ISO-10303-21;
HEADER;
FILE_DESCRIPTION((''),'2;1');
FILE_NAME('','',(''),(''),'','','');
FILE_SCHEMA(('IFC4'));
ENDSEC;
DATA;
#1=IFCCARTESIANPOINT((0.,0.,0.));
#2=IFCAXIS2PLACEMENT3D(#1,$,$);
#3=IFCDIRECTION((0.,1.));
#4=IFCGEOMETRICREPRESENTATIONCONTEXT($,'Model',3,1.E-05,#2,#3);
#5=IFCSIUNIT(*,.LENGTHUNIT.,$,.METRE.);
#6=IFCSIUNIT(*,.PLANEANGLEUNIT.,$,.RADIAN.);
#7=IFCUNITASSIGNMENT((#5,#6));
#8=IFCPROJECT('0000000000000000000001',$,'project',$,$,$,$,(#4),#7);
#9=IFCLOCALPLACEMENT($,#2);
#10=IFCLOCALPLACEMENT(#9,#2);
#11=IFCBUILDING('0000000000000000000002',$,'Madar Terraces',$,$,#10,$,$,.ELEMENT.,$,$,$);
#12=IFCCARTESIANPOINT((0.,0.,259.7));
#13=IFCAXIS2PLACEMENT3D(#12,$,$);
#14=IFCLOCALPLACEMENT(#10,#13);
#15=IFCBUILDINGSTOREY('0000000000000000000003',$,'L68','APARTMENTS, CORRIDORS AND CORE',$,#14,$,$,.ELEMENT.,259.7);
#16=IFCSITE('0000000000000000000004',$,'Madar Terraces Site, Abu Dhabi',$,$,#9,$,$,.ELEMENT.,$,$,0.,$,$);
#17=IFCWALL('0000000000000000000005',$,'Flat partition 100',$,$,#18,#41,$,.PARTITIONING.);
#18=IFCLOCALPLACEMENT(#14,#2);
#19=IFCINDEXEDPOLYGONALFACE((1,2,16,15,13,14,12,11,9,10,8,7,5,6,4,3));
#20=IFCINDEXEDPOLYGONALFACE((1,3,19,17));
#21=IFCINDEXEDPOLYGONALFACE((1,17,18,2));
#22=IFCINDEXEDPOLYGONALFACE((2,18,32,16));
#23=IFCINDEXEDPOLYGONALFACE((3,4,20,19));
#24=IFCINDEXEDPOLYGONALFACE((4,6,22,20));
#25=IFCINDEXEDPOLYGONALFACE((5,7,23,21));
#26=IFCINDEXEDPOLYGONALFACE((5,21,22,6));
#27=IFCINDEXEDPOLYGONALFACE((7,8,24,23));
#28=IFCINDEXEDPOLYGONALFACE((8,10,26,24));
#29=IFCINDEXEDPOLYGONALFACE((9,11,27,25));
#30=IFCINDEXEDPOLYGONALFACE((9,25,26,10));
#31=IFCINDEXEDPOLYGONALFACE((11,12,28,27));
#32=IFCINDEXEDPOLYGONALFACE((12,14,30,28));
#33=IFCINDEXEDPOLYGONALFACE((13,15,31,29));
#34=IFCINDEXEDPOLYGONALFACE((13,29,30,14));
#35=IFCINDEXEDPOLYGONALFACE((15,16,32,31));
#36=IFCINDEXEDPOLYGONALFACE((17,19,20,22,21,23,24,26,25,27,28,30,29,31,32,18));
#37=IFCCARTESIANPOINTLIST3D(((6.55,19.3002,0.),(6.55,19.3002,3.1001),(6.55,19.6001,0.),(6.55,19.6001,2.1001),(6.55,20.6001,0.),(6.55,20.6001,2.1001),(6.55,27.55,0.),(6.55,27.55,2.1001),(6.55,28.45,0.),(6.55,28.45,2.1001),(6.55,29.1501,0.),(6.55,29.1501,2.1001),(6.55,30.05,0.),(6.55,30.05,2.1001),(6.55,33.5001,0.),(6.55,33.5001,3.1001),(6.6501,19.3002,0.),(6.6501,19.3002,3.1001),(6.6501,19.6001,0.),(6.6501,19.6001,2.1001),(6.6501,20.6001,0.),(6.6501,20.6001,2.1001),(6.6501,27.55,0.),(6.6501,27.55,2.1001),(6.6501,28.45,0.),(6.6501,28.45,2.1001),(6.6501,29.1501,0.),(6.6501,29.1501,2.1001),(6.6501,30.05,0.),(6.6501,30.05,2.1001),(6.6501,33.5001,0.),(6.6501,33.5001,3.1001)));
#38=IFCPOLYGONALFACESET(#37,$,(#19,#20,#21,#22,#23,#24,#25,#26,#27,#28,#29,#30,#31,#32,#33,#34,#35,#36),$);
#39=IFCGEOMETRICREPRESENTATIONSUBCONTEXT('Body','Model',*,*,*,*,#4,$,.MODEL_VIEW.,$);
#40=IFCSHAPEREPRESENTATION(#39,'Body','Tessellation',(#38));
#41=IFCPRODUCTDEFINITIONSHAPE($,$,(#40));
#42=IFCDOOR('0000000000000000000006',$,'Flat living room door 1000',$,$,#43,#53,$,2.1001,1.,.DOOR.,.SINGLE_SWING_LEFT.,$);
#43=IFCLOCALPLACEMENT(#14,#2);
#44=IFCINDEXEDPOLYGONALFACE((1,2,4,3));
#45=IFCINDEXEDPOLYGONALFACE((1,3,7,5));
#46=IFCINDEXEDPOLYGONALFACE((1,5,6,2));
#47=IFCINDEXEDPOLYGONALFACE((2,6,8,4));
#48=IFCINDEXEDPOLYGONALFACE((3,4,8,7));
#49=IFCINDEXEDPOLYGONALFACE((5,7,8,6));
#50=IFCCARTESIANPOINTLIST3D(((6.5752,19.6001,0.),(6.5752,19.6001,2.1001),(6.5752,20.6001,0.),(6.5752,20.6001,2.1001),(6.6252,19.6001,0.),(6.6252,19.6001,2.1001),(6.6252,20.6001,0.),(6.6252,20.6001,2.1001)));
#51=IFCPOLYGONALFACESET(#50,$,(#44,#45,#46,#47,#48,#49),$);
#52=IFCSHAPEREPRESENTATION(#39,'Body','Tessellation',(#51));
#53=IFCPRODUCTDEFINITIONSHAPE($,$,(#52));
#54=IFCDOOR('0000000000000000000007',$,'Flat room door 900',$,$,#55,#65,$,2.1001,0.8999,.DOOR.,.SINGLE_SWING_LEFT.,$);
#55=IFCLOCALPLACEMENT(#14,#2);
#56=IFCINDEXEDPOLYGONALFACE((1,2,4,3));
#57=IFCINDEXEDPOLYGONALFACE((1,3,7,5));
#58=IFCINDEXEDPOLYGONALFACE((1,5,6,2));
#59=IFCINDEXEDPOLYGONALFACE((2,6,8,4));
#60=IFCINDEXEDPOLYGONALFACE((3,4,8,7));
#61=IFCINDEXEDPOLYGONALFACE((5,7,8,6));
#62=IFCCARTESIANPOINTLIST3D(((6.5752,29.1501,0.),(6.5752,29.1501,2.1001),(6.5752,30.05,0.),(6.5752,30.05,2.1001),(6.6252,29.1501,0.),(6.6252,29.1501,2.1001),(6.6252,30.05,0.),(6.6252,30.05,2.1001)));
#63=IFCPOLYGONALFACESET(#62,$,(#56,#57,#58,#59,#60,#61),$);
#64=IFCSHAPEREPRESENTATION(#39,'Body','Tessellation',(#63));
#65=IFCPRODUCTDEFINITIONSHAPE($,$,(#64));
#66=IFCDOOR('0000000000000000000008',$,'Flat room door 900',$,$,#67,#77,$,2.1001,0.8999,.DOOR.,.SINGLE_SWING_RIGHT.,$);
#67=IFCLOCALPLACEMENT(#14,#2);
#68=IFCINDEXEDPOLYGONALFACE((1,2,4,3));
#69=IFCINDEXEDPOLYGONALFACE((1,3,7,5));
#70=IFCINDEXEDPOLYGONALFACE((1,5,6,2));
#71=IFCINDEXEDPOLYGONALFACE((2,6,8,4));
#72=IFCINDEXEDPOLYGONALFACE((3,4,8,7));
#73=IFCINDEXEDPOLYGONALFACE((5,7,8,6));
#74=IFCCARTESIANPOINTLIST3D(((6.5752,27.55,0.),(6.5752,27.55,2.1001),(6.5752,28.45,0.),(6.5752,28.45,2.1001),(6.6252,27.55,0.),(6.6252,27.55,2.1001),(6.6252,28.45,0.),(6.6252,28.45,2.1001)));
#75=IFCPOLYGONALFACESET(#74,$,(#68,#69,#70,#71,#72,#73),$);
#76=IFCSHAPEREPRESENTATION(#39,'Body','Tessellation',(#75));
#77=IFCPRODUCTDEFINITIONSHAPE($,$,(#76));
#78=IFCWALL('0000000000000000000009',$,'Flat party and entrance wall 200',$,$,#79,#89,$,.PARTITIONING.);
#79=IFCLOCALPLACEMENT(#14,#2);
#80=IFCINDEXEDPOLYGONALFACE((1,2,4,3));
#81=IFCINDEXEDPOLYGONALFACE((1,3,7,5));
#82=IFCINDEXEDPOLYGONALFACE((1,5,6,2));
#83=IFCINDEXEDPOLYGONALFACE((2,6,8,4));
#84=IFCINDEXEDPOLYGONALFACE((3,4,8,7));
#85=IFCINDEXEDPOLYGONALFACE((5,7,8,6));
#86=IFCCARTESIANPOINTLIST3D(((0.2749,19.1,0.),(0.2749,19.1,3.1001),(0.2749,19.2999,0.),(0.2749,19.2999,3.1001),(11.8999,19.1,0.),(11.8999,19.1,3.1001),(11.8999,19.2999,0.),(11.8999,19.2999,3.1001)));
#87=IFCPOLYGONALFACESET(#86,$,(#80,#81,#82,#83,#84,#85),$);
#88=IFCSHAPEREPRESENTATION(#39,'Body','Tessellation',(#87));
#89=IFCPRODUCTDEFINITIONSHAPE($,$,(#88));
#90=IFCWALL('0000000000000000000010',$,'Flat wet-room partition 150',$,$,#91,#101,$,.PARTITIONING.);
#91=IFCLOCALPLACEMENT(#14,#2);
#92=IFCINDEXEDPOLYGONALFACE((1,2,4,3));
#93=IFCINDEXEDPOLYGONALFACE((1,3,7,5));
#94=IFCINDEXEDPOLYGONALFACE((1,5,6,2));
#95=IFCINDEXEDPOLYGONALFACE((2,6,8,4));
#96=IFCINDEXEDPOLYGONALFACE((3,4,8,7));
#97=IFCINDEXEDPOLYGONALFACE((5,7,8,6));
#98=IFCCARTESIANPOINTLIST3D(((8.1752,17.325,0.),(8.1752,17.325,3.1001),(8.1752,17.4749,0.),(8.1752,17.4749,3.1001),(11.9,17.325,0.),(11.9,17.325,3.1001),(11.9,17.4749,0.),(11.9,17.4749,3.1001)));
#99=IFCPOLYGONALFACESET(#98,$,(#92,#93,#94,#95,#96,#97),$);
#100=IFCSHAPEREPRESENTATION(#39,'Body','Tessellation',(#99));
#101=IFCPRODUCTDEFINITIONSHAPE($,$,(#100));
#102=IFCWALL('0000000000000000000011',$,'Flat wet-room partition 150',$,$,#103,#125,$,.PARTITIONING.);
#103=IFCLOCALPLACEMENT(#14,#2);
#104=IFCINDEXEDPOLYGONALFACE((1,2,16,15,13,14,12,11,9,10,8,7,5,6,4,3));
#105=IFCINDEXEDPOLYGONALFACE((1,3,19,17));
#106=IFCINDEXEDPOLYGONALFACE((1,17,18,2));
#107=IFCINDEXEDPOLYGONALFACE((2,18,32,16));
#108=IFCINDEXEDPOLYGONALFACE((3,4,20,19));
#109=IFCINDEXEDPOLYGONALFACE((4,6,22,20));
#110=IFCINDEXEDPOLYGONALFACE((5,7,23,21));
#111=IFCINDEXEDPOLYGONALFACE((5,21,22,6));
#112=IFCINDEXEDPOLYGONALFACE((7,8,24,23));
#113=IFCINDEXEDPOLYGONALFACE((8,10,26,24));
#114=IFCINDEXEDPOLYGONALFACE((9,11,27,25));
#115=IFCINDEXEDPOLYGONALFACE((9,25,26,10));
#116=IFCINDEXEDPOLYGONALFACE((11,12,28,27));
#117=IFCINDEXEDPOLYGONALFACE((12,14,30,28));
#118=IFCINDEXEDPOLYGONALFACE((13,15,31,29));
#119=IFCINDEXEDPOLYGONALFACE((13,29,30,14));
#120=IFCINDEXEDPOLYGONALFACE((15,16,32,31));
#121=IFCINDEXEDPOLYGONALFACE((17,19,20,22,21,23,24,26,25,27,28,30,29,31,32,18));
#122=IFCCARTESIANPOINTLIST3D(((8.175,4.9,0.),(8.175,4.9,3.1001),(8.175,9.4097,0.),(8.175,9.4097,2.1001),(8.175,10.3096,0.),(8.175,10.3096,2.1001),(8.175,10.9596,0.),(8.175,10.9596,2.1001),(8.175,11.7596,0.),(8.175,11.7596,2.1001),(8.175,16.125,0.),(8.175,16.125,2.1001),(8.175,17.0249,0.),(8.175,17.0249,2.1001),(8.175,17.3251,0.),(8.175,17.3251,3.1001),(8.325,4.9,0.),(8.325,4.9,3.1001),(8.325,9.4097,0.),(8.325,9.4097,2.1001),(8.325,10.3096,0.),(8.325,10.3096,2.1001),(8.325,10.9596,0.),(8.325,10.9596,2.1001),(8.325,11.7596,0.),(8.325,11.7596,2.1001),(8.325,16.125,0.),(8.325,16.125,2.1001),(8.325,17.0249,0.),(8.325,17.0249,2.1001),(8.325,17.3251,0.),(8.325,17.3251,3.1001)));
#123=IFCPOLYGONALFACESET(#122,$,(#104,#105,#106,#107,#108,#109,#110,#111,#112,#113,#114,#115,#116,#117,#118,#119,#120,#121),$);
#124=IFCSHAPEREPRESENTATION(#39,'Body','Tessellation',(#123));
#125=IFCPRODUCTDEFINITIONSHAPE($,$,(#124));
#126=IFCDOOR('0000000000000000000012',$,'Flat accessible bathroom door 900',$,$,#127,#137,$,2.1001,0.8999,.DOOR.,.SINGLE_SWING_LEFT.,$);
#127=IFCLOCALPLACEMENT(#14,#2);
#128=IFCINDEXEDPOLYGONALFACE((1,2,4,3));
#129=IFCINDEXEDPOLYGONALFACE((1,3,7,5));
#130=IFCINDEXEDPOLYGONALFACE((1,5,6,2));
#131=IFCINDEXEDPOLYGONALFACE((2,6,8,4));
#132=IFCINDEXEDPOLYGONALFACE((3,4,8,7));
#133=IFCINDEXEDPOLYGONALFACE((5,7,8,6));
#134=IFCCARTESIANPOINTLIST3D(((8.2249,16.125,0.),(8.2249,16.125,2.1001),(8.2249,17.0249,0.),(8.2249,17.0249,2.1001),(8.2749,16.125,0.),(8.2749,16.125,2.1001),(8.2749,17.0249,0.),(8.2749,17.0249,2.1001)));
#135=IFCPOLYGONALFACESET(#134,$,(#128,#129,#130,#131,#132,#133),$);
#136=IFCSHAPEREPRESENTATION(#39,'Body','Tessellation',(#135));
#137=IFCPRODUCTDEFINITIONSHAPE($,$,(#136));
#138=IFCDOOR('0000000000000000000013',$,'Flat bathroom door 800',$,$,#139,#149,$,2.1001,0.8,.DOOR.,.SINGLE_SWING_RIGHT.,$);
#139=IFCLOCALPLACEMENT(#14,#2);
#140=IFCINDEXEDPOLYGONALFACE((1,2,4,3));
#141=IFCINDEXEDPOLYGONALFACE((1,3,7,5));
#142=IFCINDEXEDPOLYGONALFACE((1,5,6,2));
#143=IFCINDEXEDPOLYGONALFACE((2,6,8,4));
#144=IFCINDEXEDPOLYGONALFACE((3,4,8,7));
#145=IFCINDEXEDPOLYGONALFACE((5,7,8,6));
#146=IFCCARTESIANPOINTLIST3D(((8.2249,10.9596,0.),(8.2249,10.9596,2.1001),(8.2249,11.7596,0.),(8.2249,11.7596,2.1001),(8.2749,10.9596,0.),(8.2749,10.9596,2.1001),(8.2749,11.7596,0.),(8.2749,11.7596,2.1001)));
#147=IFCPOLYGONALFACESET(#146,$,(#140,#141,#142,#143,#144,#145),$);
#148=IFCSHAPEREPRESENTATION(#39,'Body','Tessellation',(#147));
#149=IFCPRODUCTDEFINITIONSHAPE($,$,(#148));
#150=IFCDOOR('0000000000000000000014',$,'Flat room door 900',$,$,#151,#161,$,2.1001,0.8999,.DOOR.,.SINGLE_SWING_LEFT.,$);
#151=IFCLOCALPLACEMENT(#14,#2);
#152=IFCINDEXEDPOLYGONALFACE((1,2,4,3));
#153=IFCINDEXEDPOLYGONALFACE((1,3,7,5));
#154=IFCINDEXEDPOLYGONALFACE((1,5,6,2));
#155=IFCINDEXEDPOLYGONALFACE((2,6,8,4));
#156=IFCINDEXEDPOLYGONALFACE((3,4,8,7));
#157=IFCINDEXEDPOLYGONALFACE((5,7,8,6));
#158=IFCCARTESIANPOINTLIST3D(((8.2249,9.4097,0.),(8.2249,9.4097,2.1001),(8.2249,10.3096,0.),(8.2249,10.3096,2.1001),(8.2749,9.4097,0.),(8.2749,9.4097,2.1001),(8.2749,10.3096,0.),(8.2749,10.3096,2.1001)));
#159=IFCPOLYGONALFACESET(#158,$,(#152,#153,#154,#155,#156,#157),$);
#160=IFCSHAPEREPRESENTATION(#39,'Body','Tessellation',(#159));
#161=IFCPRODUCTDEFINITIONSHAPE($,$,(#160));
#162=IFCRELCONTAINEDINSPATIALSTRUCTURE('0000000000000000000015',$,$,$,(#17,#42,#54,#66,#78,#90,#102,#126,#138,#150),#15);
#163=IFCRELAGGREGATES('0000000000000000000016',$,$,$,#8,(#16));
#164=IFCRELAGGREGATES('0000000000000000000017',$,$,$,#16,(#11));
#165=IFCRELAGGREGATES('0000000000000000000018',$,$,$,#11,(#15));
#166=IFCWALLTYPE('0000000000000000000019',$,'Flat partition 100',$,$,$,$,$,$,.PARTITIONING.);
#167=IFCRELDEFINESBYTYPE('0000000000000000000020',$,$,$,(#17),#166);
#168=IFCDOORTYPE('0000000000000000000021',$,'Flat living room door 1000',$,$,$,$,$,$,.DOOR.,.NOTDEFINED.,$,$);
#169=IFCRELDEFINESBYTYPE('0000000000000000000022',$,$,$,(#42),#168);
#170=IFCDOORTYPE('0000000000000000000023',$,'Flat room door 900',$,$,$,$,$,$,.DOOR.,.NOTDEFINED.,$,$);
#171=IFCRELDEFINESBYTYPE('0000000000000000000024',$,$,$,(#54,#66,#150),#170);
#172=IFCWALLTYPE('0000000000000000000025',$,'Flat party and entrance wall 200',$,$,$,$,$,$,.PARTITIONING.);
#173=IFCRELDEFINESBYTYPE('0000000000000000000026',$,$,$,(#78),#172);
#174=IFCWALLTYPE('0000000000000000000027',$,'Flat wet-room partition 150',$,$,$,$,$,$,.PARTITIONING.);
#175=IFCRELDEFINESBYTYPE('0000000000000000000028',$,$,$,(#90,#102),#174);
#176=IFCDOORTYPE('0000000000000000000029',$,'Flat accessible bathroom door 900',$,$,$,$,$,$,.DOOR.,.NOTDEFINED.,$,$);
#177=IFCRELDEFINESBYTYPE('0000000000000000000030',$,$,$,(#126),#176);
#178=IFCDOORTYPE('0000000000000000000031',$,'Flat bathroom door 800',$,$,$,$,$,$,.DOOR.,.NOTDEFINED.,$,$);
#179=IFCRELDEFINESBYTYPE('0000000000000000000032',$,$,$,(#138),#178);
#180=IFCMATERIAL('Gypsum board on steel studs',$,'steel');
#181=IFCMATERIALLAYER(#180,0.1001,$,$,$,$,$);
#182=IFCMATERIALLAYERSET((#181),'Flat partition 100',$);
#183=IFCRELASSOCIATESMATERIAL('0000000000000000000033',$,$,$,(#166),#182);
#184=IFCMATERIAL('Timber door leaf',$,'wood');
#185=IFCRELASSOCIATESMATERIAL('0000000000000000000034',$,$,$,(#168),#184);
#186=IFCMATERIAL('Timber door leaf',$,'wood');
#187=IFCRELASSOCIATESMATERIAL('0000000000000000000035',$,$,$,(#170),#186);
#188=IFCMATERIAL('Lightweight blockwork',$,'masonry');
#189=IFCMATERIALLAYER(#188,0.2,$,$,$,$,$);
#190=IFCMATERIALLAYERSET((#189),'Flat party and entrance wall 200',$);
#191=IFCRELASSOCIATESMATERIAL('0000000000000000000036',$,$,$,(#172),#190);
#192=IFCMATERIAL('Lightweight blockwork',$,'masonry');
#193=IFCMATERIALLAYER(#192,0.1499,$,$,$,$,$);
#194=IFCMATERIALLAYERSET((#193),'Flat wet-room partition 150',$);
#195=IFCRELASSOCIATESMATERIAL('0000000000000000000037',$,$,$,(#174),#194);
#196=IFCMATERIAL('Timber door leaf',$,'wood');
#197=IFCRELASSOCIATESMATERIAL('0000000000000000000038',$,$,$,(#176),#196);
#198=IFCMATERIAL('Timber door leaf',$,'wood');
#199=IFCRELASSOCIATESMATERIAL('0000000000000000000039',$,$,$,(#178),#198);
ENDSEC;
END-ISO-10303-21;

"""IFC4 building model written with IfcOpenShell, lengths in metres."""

from ifc_helpers import new_model, si_unit, direction, frame, frame_2d, origin, place, context, subcontext, project, spatial, rectangle, extrude, material, layer, layer_set, type_object, element, fill, save


model = new_model("IFC4")

# Units and contexts
model_context = context("Model", 3, precision=1e-05, world=origin(), true_north=direction((0.0, 1.0)))
body_context = subcontext(model_context, "Body", "Model", "MODEL_VIEW")
ifc_project = project(units=[si_unit("LENGTHUNIT", "METRE"), si_unit("PLANEANGLEUNIT", "RADIAN")], contexts=[model_context])

# Site, building, storey
site_placement = place(None, origin())
site = spatial("IfcSite", under=ifc_project, at=site_placement, Name="Madar Terraces Site, Abu Dhabi", CompositionType="ELEMENT", RefElevation=0.0)
building_placement = place(site_placement, origin())
building = spatial("IfcBuilding", under=site, at=building_placement, Name="Madar Terraces", CompositionType="ELEMENT")
storey_placement = place(building_placement, frame((0.0, 0.0, 259.7)))
storey = spatial("IfcBuildingStorey", under=building, at=storey_placement, Name="L68", Description="APARTMENTS, CORRIDORS AND CORE", CompositionType="ELEMENT", Elevation=259.7)

# Shared definitions
ifc_material_1 = material(Name="Gypsum board on steel studs", Category="steel")
ifc_layer_1 = layer(ifc_material_1, 0.1001)
ifc_layer_set_1 = layer_set([ifc_layer_1], Name="Flat partition 100")
wall_type_1 = type_object("IfcWallType", Name="Flat partition 100", PredefinedType="PARTITIONING", material=ifc_layer_set_1)

# Wall, openings, doors
wall_1_placement = place(storey_placement, frame((6.6001, 19.3, 0.0), z_axis=(0.0, 0.0, 1.0), x_axis=(0.0, 1.0, 0.0)))
wall_1 = element("IfcWall", 1, at=wall_1_placement, inside=storey, type_object=wall_type_1, Name="Flat partition 100", PredefinedType="PARTITIONING", context=body_context, shape_type="SweptSolid", body=[
    extrude(rectangle(XDim=14.2, YDim=0.1001, at=frame_2d((7.1001, 0.0))), origin(), (0.0, 0.0, 1.0), 3.1001),
])
opening_1_placement = place(wall_1_placement, frame((9.8501, 0.0, 0.0)))
opening_1 = element("IfcOpeningElement", 2, at=opening_1_placement, cuts=wall_1, PredefinedType="OPENING", context=body_context, shape_type="SweptSolid", body=[
    extrude(rectangle(XDim=0.8999, YDim=2.1001, at=frame_2d((0.45, 1.05))), frame((0.0, 0.0601, 0.0), z_axis=(0.0, -1.0, 0.0), x_axis=(1.0, 0.0, 0.0)), (0.0, 0.0, 1.0), 0.1201),
])
opening_2_placement = place(wall_1_placement, frame((8.25, 0.0, 0.0)))
opening_2 = element("IfcOpeningElement", 3, at=opening_2_placement, cuts=wall_1, PredefinedType="OPENING", context=body_context, shape_type="SweptSolid", body=[
    extrude(rectangle(XDim=0.8999, YDim=2.1001, at=frame_2d((0.45, 1.05))), frame((0.0, 0.0601, 0.0), z_axis=(0.0, -1.0, 0.0), x_axis=(1.0, 0.0, 0.0)), (0.0, 0.0, 1.0), 0.1201),
])
opening_3_placement = place(wall_1_placement, frame((0.3, 0.0, 0.0)))
opening_3 = element("IfcOpeningElement", 4, at=opening_3_placement, cuts=wall_1, PredefinedType="OPENING", context=body_context, shape_type="SweptSolid", body=[
    extrude(rectangle(XDim=1.0, YDim=2.1001, at=frame_2d((0.5, 1.05))), frame((0.0, 0.0601, 0.0), z_axis=(0.0, -1.0, 0.0), x_axis=(1.0, 0.0, 0.0)), (0.0, 0.0, 1.0), 0.1201),
])
ifc_material_2 = material(Name="Timber door leaf", Category="wood")
door_type_1 = type_object("IfcDoorType", Name="Flat living room door 1000", OperationType="NOTDEFINED", PredefinedType="DOOR", material=ifc_material_2)
door_1_placement = place(opening_3_placement, origin())
door_1 = element("IfcDoor", 5, at=door_1_placement, inside=storey, type_object=door_type_1, Name="Flat living room door 1000", OperationType="SINGLE_SWING_LEFT", OverallHeight=2.1001, OverallWidth=1.0, PredefinedType="DOOR", context=body_context, shape_type="SweptSolid", body=[
    extrude(rectangle(XDim=1.0, YDim=2.1001, at=frame_2d((0.5, 1.05))), frame((0.0, 0.0249, 0.0), z_axis=(0.0, -1.0, 0.0), x_axis=(1.0, 0.0, 0.0)), (0.0, 0.0, 1.0), 0.05),
])
fill(opening_3, door_1)
ifc_material_3 = material(Name="Timber door leaf", Category="wood")
door_type_2 = type_object("IfcDoorType", Name="Flat room door 900", OperationType="NOTDEFINED", PredefinedType="DOOR", material=ifc_material_3)
door_2_placement = place(opening_1_placement, origin())
door_2 = element("IfcDoor", 6, at=door_2_placement, inside=storey, type_object=door_type_2, Name="Flat room door 900", OperationType="SINGLE_SWING_LEFT", OverallHeight=2.1001, OverallWidth=0.8999, PredefinedType="DOOR", context=body_context, shape_type="SweptSolid", body=[
    extrude(rectangle(XDim=0.8999, YDim=2.1001, at=frame_2d((0.45, 1.05))), frame((0.0, 0.0249, 0.0), z_axis=(0.0, -1.0, 0.0), x_axis=(1.0, 0.0, 0.0)), (0.0, 0.0, 1.0), 0.05),
])
fill(opening_1, door_2)
door_3_placement = place(opening_2_placement, origin())
door_3 = element("IfcDoor", 7, at=door_3_placement, inside=storey, type_object=door_type_2, Name="Flat room door 900", OperationType="SINGLE_SWING_RIGHT", OverallHeight=2.1001, OverallWidth=0.8999, PredefinedType="DOOR", context=body_context, shape_type="SweptSolid", body=[
    extrude(rectangle(XDim=0.8999, YDim=2.1001, at=frame_2d((0.45, 1.05))), frame((0.0, 0.0249, 0.0), z_axis=(0.0, -1.0, 0.0), x_axis=(1.0, 0.0, 0.0)), (0.0, 0.0, 1.0), 0.05),
])
fill(opening_2, door_3)

# Walls
ifc_material_4 = material(Name="Lightweight blockwork", Category="masonry")
ifc_layer_2 = layer(ifc_material_4, 0.2)
ifc_layer_set_2 = layer_set([ifc_layer_2], Name="Flat party and entrance wall 200")
wall_type_2 = type_object("IfcWallType", Name="Flat party and entrance wall 200", PredefinedType="PARTITIONING", material=ifc_layer_set_2)
wall_2_placement = place(storey_placement, frame((0.2749, 19.2, 0.0), z_axis=(0.0, 0.0, 1.0), x_axis=(1.0, 0.0, 0.0)))
element("IfcWall", 8, at=wall_2_placement, inside=storey, type_object=wall_type_2, Name="Flat party and entrance wall 200", PredefinedType="PARTITIONING", context=body_context, shape_type="SweptSolid", body=[
    extrude(rectangle(XDim=11.625, YDim=0.2, at=frame_2d((5.8125, 0.0))), origin(), (0.0, 0.0, 1.0), 3.1001),
])
ifc_material_5 = material(Name="Lightweight blockwork", Category="masonry")
ifc_layer_3 = layer(ifc_material_5, 0.1499)
ifc_layer_set_3 = layer_set([ifc_layer_3], Name="Flat wet-room partition 150")
wall_type_3 = type_object("IfcWallType", Name="Flat wet-room partition 150", PredefinedType="PARTITIONING", material=ifc_layer_set_3)
wall_3_placement = place(storey_placement, frame((11.8999, 17.3999, 0.0), z_axis=(0.0, 0.0, 1.0), x_axis=(-1.0, 0.0, 0.0)))
element("IfcWall", 9, at=wall_3_placement, inside=storey, type_object=wall_type_3, Name="Flat wet-room partition 150", PredefinedType="PARTITIONING", context=body_context, shape_type="SweptSolid", body=[
    extrude(rectangle(XDim=3.7249, YDim=0.1499, at=frame_2d((1.8623, 0.0))), origin(), (0.0, 0.0, 1.0), 3.1001),
])

# Wall, openings, doors
wall_4_placement = place(storey_placement, frame((8.25, 17.325, 0.0), z_axis=(0.0, 0.0, 1.0), x_axis=(0.0, -1.0, 0.0)))
wall_4 = element("IfcWall", 10, at=wall_4_placement, inside=storey, type_object=wall_type_3, Name="Flat wet-room partition 150", PredefinedType="PARTITIONING", context=body_context, shape_type="SweptSolid", body=[
    extrude(rectangle(XDim=12.425, YDim=0.1499, at=frame_2d((6.2124, 0.0))), origin(), (0.0, 0.0, 1.0), 3.1001),
])
opening_4_placement = place(wall_4_placement, frame((0.3, 0.0, 0.0)))
opening_4 = element("IfcOpeningElement", 11, at=opening_4_placement, cuts=wall_4, PredefinedType="OPENING", context=body_context, shape_type="SweptSolid", body=[
    extrude(rectangle(XDim=0.8999, YDim=2.1001, at=frame_2d((0.45, 1.05))), frame((0.0, 0.085, 0.0), z_axis=(0.0, -1.0, 0.0), x_axis=(1.0, 0.0, 0.0)), (0.0, 0.0, 1.0), 0.1699),
])
opening_5_placement = place(wall_4_placement, frame((5.5654, 0.0, 0.0)))
opening_5 = element("IfcOpeningElement", 12, at=opening_5_placement, cuts=wall_4, PredefinedType="OPENING", context=body_context, shape_type="SweptSolid", body=[
    extrude(rectangle(XDim=0.8, YDim=2.1001, at=frame_2d((0.3999, 1.05))), frame((0.0, 0.085, 0.0), z_axis=(0.0, -1.0, 0.0), x_axis=(1.0, 0.0, 0.0)), (0.0, 0.0, 1.0), 0.1699),
])
opening_6_placement = place(wall_4_placement, frame((7.0154, 0.0, 0.0)))
opening_6 = element("IfcOpeningElement", 13, at=opening_6_placement, cuts=wall_4, PredefinedType="OPENING", context=body_context, shape_type="SweptSolid", body=[
    extrude(rectangle(XDim=0.8999, YDim=2.1001, at=frame_2d((0.45, 1.05))), frame((0.0, 0.085, 0.0), z_axis=(0.0, -1.0, 0.0), x_axis=(1.0, 0.0, 0.0)), (0.0, 0.0, 1.0), 0.1699),
])
ifc_material_6 = material(Name="Timber door leaf", Category="wood")
door_type_3 = type_object("IfcDoorType", Name="Flat accessible bathroom door 900", OperationType="NOTDEFINED", PredefinedType="DOOR", material=ifc_material_6)
door_4_placement = place(opening_4_placement, origin())
door_4 = element("IfcDoor", 14, at=door_4_placement, inside=storey, type_object=door_type_3, Name="Flat accessible bathroom door 900", OperationType="SINGLE_SWING_LEFT", OverallHeight=2.1001, OverallWidth=0.8999, PredefinedType="DOOR", context=body_context, shape_type="SweptSolid", body=[
    extrude(rectangle(XDim=0.8999, YDim=2.1001, at=frame_2d((0.45, 1.05))), frame((0.0, 0.0249, 0.0), z_axis=(0.0, -1.0, 0.0), x_axis=(1.0, 0.0, 0.0)), (0.0, 0.0, 1.0), 0.05),
])
fill(opening_4, door_4)
ifc_material_7 = material(Name="Timber door leaf", Category="wood")
door_type_4 = type_object("IfcDoorType", Name="Flat bathroom door 800", OperationType="NOTDEFINED", PredefinedType="DOOR", material=ifc_material_7)
door_5_placement = place(opening_5_placement, origin())
door_5 = element("IfcDoor", 15, at=door_5_placement, inside=storey, type_object=door_type_4, Name="Flat bathroom door 800", OperationType="SINGLE_SWING_RIGHT", OverallHeight=2.1001, OverallWidth=0.8, PredefinedType="DOOR", context=body_context, shape_type="SweptSolid", body=[
    extrude(rectangle(XDim=0.8, YDim=2.1001, at=frame_2d((0.3999, 1.05))), frame((0.0, 0.0249, 0.0), z_axis=(0.0, -1.0, 0.0), x_axis=(1.0, 0.0, 0.0)), (0.0, 0.0, 1.0), 0.05),
])
fill(opening_5, door_5)
door_6_placement = place(opening_6_placement, origin())
door_6 = element("IfcDoor", 16, at=door_6_placement, inside=storey, type_object=door_type_2, Name="Flat room door 900", OperationType="SINGLE_SWING_LEFT", OverallHeight=2.1001, OverallWidth=0.8999, PredefinedType="DOOR", context=body_context, shape_type="SweptSolid", body=[
    extrude(rectangle(XDim=0.8999, YDim=2.1001, at=frame_2d((0.45, 1.05))), frame((0.0, 0.0249, 0.0), z_axis=(0.0, -1.0, 0.0), x_axis=(1.0, 0.0, 0.0)), (0.0, 0.0, 1.0), 0.05),
])
fill(opening_6, door_6)

save(model, "model.ifc")
